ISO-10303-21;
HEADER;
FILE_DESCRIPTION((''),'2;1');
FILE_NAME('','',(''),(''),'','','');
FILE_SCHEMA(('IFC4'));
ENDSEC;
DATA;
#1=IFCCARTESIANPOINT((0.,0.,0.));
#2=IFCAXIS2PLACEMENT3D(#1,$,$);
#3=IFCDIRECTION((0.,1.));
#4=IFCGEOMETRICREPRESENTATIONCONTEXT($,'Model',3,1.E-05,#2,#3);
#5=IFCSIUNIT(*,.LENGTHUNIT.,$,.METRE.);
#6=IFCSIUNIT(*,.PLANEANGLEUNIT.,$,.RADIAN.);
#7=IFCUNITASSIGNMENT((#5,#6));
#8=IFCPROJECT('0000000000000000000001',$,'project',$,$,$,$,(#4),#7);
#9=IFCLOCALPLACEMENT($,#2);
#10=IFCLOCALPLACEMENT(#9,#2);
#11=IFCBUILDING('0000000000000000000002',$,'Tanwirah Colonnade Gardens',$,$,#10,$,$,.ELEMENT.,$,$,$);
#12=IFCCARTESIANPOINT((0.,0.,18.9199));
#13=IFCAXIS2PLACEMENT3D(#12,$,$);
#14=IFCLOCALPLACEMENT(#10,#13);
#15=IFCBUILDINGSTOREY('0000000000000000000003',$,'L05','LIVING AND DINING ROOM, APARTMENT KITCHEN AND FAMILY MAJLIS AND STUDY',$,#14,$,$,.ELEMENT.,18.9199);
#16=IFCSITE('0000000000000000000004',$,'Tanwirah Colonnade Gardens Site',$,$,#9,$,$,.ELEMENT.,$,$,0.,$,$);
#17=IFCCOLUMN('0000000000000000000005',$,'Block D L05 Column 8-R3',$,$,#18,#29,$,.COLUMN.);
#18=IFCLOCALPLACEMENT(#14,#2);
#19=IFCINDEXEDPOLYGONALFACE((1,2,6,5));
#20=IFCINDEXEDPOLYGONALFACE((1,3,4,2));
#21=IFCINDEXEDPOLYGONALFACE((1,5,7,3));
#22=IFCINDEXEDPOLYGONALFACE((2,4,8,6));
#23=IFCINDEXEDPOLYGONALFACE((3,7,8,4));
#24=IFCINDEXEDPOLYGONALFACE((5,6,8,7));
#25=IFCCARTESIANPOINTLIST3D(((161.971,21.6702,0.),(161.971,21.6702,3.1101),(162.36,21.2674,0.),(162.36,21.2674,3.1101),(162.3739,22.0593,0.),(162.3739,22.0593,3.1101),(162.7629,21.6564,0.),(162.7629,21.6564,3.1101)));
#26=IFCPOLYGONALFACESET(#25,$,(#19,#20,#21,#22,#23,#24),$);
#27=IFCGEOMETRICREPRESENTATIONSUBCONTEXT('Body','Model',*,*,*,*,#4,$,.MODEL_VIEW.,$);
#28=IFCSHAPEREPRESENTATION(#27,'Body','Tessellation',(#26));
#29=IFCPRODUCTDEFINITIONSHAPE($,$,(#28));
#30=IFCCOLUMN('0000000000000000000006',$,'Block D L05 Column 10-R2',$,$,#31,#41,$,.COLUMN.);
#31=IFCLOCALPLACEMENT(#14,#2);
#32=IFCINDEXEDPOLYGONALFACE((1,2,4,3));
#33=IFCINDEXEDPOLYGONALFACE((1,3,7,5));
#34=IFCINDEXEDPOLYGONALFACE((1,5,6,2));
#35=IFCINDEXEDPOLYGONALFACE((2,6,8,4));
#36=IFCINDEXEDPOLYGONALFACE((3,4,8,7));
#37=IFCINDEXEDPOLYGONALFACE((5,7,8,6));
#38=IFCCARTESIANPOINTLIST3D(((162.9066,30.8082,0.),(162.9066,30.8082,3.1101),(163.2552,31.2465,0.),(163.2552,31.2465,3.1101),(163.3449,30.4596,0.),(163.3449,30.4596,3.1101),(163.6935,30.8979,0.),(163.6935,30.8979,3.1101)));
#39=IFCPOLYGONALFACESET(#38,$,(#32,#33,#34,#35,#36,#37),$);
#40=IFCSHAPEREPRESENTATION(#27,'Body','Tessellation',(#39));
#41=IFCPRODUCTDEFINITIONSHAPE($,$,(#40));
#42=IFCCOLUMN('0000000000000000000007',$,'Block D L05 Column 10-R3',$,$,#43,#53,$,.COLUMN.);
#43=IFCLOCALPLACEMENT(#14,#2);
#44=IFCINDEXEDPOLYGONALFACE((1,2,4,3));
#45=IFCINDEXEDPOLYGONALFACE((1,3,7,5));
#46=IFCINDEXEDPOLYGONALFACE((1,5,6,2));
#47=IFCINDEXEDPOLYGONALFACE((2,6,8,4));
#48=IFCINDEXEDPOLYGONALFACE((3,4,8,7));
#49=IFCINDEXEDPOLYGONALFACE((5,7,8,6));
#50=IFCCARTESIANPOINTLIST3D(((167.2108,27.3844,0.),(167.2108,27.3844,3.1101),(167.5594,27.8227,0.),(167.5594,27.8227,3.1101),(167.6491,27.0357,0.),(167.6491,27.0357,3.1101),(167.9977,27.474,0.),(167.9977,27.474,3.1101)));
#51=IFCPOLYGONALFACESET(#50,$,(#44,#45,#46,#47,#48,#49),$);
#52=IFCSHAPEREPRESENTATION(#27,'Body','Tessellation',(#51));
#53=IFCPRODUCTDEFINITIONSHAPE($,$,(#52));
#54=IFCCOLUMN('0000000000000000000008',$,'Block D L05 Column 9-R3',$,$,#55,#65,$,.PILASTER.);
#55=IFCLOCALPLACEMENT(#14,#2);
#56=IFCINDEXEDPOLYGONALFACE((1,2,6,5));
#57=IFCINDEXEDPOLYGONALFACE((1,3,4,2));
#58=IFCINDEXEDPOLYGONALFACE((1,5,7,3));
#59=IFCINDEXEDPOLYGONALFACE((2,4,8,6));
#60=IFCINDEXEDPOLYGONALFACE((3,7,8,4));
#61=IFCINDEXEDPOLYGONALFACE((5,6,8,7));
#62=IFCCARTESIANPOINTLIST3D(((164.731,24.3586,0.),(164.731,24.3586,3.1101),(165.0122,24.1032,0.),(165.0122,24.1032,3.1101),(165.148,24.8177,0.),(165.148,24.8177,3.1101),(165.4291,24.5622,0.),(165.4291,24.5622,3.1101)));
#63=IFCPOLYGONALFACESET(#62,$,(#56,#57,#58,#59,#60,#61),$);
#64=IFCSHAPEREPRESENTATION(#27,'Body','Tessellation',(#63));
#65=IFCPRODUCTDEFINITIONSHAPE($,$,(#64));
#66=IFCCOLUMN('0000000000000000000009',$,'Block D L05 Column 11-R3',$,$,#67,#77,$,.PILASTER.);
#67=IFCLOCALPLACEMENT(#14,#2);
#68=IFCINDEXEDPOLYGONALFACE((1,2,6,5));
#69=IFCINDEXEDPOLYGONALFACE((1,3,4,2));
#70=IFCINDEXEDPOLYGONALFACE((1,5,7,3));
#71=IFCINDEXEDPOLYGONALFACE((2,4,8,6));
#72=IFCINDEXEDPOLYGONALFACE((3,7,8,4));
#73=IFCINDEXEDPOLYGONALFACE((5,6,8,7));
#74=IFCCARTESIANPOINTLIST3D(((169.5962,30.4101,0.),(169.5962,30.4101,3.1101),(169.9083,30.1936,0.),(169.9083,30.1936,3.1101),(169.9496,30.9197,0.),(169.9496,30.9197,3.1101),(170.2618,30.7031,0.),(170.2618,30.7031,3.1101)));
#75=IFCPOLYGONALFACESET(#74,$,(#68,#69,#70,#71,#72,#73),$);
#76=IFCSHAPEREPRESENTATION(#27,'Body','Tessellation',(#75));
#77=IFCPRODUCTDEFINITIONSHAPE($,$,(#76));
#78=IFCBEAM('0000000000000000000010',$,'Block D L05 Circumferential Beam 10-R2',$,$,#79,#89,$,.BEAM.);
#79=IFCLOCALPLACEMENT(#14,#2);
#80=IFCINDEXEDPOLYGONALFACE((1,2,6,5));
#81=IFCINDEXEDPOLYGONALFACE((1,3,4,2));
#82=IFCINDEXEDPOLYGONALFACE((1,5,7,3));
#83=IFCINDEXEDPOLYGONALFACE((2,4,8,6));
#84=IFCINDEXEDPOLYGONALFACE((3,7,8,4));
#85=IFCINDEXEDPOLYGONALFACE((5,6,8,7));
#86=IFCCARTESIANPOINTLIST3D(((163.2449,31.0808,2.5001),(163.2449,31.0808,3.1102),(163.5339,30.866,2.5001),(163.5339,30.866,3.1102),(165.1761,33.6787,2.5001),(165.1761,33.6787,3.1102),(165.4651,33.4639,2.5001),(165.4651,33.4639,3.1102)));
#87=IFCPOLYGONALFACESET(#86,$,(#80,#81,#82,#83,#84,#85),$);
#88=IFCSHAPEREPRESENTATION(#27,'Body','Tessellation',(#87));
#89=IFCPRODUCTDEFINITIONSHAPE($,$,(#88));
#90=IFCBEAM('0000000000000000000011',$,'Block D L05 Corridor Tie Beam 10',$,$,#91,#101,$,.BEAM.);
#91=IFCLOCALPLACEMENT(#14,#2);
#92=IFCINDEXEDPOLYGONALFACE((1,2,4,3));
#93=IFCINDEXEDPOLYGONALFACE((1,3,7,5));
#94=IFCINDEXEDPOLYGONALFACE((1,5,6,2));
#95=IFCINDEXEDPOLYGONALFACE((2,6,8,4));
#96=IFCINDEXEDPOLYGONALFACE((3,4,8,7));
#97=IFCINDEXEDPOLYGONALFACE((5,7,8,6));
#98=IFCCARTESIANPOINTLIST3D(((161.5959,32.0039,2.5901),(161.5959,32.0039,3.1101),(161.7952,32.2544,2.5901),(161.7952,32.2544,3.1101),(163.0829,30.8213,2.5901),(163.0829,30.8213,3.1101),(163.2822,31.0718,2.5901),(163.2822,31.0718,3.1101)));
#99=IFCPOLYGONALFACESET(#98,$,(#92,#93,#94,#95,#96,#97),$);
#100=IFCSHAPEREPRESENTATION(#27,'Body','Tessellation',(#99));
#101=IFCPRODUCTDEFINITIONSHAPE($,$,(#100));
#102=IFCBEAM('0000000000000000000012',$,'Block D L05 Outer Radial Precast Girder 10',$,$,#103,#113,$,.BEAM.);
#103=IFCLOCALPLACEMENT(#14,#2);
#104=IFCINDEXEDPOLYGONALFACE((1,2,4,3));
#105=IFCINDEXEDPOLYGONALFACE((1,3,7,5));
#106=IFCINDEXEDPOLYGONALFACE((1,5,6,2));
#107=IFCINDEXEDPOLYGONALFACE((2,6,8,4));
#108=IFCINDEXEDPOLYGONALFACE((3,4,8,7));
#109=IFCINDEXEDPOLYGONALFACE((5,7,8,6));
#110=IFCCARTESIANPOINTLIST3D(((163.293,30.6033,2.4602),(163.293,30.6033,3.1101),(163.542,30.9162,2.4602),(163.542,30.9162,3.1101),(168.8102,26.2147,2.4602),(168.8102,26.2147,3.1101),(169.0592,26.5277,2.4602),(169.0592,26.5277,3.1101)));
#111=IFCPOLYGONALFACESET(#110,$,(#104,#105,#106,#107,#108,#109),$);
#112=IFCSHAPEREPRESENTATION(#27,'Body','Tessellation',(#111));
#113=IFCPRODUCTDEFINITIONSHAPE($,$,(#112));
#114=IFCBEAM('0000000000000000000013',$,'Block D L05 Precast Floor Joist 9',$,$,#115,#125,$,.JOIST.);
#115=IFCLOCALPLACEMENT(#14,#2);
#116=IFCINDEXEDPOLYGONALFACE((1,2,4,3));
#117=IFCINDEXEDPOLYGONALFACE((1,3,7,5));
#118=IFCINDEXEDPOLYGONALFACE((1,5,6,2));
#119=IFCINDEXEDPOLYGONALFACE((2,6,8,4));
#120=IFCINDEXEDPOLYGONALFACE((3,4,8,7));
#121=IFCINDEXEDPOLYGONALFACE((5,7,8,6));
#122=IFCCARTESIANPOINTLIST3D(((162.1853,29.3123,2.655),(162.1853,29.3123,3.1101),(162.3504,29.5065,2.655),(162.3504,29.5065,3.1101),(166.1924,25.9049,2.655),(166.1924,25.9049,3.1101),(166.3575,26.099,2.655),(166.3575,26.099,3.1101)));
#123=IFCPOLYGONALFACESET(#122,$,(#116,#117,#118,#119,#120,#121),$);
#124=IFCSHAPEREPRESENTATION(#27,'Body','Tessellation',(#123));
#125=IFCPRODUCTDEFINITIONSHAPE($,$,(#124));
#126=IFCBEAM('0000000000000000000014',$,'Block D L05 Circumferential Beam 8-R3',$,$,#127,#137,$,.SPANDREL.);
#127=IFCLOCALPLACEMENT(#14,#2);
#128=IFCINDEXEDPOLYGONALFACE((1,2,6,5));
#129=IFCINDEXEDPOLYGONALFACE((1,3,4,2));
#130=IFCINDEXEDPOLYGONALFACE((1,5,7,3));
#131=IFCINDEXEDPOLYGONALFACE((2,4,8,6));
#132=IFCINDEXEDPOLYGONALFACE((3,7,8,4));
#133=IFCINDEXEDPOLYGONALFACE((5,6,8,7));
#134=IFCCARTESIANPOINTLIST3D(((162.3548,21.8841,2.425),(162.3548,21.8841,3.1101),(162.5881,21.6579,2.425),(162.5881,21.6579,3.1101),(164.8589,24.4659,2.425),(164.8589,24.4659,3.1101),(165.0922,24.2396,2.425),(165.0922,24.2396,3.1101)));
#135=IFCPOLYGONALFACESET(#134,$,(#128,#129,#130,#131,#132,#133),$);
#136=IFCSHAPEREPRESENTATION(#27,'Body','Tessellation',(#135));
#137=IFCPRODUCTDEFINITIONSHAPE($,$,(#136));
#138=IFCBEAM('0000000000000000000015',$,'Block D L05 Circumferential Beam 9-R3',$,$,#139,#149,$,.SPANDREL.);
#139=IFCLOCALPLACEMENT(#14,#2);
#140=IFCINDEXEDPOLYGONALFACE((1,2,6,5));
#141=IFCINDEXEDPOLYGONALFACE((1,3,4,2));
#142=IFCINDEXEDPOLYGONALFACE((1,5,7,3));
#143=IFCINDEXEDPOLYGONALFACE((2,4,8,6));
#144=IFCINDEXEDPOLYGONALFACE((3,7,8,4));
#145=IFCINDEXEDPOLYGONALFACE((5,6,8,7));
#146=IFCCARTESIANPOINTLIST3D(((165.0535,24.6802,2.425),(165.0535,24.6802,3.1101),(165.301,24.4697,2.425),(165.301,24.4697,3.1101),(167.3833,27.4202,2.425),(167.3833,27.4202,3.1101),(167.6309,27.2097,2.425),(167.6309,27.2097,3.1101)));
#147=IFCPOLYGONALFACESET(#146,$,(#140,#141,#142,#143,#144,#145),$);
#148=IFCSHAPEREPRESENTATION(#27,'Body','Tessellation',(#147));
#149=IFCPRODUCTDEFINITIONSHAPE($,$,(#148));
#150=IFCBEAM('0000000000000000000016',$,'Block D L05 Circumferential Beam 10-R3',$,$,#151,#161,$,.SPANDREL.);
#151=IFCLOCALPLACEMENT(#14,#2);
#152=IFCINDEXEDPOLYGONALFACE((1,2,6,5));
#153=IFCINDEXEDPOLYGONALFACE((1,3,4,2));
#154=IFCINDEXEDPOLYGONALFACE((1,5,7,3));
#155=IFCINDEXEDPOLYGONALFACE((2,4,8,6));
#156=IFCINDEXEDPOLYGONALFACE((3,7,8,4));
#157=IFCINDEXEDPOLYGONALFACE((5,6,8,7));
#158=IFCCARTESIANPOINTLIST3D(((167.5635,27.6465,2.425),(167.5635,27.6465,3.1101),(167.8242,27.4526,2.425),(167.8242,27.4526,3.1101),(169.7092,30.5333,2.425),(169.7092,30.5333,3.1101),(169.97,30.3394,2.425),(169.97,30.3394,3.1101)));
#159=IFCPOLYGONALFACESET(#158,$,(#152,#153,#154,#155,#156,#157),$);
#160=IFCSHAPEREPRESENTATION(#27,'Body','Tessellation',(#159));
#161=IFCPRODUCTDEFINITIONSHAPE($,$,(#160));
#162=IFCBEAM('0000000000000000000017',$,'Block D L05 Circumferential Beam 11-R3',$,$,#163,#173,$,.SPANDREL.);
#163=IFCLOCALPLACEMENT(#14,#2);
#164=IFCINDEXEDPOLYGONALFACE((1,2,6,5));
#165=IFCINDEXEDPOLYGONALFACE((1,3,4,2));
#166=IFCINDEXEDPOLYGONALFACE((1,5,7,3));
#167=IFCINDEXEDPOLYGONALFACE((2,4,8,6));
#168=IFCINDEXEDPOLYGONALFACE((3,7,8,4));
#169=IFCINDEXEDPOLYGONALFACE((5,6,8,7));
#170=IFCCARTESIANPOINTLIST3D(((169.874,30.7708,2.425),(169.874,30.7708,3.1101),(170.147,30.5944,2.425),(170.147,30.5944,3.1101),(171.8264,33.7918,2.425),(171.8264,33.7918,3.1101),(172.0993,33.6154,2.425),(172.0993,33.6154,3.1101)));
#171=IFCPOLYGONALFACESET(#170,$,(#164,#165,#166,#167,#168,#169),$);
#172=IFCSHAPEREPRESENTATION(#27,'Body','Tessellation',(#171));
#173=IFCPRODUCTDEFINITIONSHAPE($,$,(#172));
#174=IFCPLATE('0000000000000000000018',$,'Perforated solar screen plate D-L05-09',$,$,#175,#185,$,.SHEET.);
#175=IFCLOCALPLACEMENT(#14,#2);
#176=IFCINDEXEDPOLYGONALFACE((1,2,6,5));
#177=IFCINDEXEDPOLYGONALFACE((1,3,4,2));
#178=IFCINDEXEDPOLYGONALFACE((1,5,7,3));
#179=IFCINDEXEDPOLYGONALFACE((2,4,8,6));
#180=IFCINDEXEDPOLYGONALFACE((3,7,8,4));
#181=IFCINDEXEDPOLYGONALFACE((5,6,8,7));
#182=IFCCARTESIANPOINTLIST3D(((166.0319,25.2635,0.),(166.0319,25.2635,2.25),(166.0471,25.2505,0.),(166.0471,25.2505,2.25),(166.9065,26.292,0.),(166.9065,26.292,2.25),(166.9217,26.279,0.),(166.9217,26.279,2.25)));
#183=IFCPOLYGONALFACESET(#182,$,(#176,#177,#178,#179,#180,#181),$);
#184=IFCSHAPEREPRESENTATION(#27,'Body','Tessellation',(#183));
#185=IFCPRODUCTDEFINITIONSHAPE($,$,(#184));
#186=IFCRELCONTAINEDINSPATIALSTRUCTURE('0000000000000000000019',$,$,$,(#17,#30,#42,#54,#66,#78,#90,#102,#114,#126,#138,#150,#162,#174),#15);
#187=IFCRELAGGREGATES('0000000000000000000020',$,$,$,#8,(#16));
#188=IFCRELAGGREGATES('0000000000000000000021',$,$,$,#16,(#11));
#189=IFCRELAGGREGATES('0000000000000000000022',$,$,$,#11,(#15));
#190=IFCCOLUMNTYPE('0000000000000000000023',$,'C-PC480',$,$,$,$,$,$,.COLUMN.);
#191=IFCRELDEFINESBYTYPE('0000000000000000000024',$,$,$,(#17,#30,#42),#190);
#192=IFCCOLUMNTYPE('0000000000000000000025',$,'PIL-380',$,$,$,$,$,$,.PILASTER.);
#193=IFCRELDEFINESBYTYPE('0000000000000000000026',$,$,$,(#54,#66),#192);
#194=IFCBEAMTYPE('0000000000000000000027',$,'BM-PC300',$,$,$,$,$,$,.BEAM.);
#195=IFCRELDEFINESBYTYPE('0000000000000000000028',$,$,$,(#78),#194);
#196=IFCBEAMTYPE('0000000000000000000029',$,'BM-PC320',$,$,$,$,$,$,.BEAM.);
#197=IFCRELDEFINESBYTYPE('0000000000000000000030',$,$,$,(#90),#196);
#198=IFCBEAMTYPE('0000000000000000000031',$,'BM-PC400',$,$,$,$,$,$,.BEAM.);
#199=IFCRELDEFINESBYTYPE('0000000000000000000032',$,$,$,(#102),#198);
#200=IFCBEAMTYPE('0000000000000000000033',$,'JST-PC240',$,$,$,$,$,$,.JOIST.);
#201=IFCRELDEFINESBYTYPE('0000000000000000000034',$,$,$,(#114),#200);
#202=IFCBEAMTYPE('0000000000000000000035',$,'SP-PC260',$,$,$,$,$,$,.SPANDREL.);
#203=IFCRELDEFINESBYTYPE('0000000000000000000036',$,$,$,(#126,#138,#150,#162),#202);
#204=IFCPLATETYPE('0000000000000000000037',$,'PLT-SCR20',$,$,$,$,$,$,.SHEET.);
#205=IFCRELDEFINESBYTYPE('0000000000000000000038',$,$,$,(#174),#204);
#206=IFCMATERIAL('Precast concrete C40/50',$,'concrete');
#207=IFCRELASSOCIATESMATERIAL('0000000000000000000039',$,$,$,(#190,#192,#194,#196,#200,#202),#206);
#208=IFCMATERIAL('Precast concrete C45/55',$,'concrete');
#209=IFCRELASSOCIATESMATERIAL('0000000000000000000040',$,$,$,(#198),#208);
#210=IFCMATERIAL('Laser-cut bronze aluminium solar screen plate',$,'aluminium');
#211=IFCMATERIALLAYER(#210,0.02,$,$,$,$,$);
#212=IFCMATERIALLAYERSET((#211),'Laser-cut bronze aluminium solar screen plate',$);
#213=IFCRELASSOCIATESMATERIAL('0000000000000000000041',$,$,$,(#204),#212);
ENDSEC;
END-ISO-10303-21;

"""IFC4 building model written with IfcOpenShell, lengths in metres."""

from ifc_helpers import new_model, si_unit, direction, frame, origin, origin_2d, place, context, subcontext, project, spatial, rectangle, extrude, material, layer, layer_set, material_profile, profile_set, type_object, element, save


model = new_model("IFC4")

# Units and contexts
model_context = context("Model", 3, precision=1e-05, world=origin(), true_north=direction((0.0, 1.0)))
body_context = subcontext(model_context, "Body", "Model", "MODEL_VIEW")
ifc_project = project(units=[si_unit("LENGTHUNIT", "METRE"), si_unit("PLANEANGLEUNIT", "RADIAN")], contexts=[model_context])

# Site, building, storey
site_placement = place(None, origin())
site = spatial("IfcSite", under=ifc_project, at=site_placement, Name="Tanwirah Colonnade Gardens Site", CompositionType="ELEMENT", RefElevation=0.0)
building_placement = place(site_placement, origin())
building = spatial("IfcBuilding", under=site, at=building_placement, Name="Tanwirah Colonnade Gardens", CompositionType="ELEMENT")
storey_placement = place(building_placement, frame((0.0, 0.0, 18.9199)))
storey = spatial("IfcBuildingStorey", under=building, at=storey_placement, Name="L05", Description="LIVING AND DINING ROOM, APARTMENT KITCHEN AND FAMILY MAJLIS AND STUDY", CompositionType="ELEMENT", Elevation=18.9199)

# Columns
ifc_material_1 = material(Name="Precast concrete C40/50", Category="concrete")
ifc_material_profile_1 = material_profile(ifc_material_1, rectangle(XDim=0.5601, YDim=0.5601, at=origin_2d()), Name="PC-COL 560x560")
ifc_profile_set_1 = profile_set([ifc_material_profile_1], Name="Precast concrete C40/50")
column_type_1 = type_object("IfcColumnType", Name="C-PC480", PredefinedType="COLUMN", material=ifc_profile_set_1)
for number, where, z_axis, x_axis, name in (
    (1, (162.3669, 21.6633, 0.0), (0.0, 0.0, 1.0), (0.694658, -0.71934, 0.0), "Block D L05 Column 8-R3"),
    (2, (163.3, 30.853, 0.0), (0.0, 0.0, 1.0), (0.782608, -0.622515, 0.0), "Block D L05 Column 10-R2"),
    (3, (167.6042, 27.4292, 0.0), (0.0, 0.0, 1.0), (0.782608, -0.622515, 0.0), "Block D L05 Column 10-R3"),
):
    element("IfcColumn", number, at=place(storey_placement, frame(where, z_axis=z_axis, x_axis=x_axis)), inside=storey, type_object=column_type_1, Name=name, PredefinedType="COLUMN", context=body_context, shape_type="SweptSolid", body=[
        extrude(rectangle(XDim=0.5601, YDim=0.5601, at=origin_2d()), origin(), (0.0, 0.0, 1.0), 3.1101),
    ])
ifc_material_profile_2 = material_profile(ifc_material_1, rectangle(XDim=0.3799, YDim=0.6201, at=origin_2d()), Name="PC-PIL 380x620")
ifc_profile_set_2 = profile_set([ifc_material_profile_2], Name="Precast concrete C40/50")
column_type_2 = type_object("IfcColumnType", Name="PIL-380", PredefinedType="PILASTER", material=ifc_profile_set_2)
for number, where, z_axis, x_axis, name in (
    (4, (165.0801, 24.4604, 0.0), (0.0, 0.0, 1.0), (0.740218, -0.672367, 0.0), "Block D L05 Column 9-R3"),
    (5, (169.929, 30.5566, 0.0), (0.0, 0.0, 1.0), (0.821647, -0.569997, 0.0), "Block D L05 Column 11-R3"),
):
    element("IfcColumn", number, at=place(storey_placement, frame(where, z_axis=z_axis, x_axis=x_axis)), inside=storey, type_object=column_type_2, Name=name, PredefinedType="PILASTER", context=body_context, shape_type="SweptSolid", body=[
        extrude(rectangle(XDim=0.3799, YDim=0.6201, at=origin_2d()), origin(), (0.0, 0.0, 1.0), 3.1101),
    ])

# Beams
ifc_material_profile_3 = material_profile(ifc_material_1, rectangle(XDim=0.3601, YDim=0.6101, at=origin_2d()), Name="PC-BM 360x610")
ifc_profile_set_3 = profile_set([ifc_material_profile_3], Name="Precast concrete C40/50")
beam_type_1 = type_object("IfcBeamType", Name="BM-PC300", PredefinedType="BEAM", material=ifc_profile_set_3)
beam_1_placement = place(storey_placement, frame((163.3894, 30.9734, 2.8052), z_axis=(0.596579, 0.802554, 0.0), x_axis=(-0.802554, 0.596579, 0.0)))
element("IfcBeam", 6, at=beam_1_placement, inside=storey, type_object=beam_type_1, Name="Block D L05 Circumferential Beam 10-R2", PredefinedType="BEAM", context=body_context, shape_type="SweptSolid", body=[
    extrude(rectangle(XDim=0.3601, YDim=0.6101, at=origin_2d()), origin(), (0.0, 0.0, 1.0), 3.2371),
])
ifc_material_profile_4 = material_profile(ifc_material_1, rectangle(XDim=0.3201, YDim=0.52, at=origin_2d()), Name="PC-BM 320x520")
ifc_profile_set_4 = profile_set([ifc_material_profile_4], Name="Precast concrete C40/50")
beam_type_2 = type_object("IfcBeamType", Name="BM-PC320", PredefinedType="BEAM", material=ifc_profile_set_4)
beam_2_placement = place(storey_placement, frame((161.6956, 32.1292, 2.8501), z_axis=(0.782671, -0.622436, 0.0), x_axis=(0.622436, 0.782671, 0.0)))
element("IfcBeam", 7, at=beam_2_placement, inside=storey, type_object=beam_type_2, Name="Block D L05 Corridor Tie Beam 10", PredefinedType="BEAM", context=body_context, shape_type="SweptSolid", body=[
    extrude(rectangle(XDim=0.3201, YDim=0.52, at=origin_2d()), origin(), (0.0, 0.0, 1.0), 1.8999),
])
ifc_material_2 = material(Name="Precast concrete C45/55", Category="concrete")
ifc_material_profile_5 = material_profile(ifc_material_2, rectangle(XDim=0.3999, YDim=0.6499, at=origin_2d()), Name="PC-BM 400x650")
ifc_profile_set_5 = profile_set([ifc_material_profile_5], Name="Precast concrete C45/55")
beam_type_3 = type_object("IfcBeamType", Name="BM-PC400", PredefinedType="BEAM", material=ifc_profile_set_5)
beam_3_placement = place(storey_placement, frame((163.4175, 30.7598, 2.7852), z_axis=(0.782609, -0.622513, 0.0), x_axis=(0.622513, 0.782609, 0.0)))
element("IfcBeam", 8, at=beam_3_placement, inside=storey, type_object=beam_type_3, Name="Block D L05 Outer Radial Precast Girder 10", PredefinedType="BEAM", context=body_context, shape_type="SweptSolid", body=[
    extrude(rectangle(XDim=0.3999, YDim=0.6499, at=origin_2d()), origin(), (0.0, 0.0, 1.0), 7.0498),
])
ifc_material_profile_6 = material_profile(ifc_material_1, rectangle(XDim=0.2549, YDim=0.4551, at=origin_2d()), Name="PC-JST 255x455")
ifc_profile_set_6 = profile_set([ifc_material_profile_6], Name="Precast concrete C40/50")
beam_type_4 = type_object("IfcBeamType", Name="JST-PC240", PredefinedType="JOIST", material=ifc_profile_set_6)
beam_4_placement = place(storey_placement, frame((162.2678, 29.4094, 2.8826), z_axis=(0.761803, -0.647809, 0.0), x_axis=(0.647809, 0.761803, 0.0)))
element("IfcBeam", 9, at=beam_4_placement, inside=storey, type_object=beam_type_4, Name="Block D L05 Precast Floor Joist 9", PredefinedType="JOIST", context=body_context, shape_type="SweptSolid", body=[
    extrude(rectangle(XDim=0.2549, YDim=0.4551, at=origin_2d()), origin(), (0.0, 0.0, 1.0), 5.26),
])
ifc_material_profile_7 = material_profile(ifc_material_1, rectangle(XDim=0.325, YDim=0.6851, at=origin_2d()), Name="PC-SP 325x685")
ifc_profile_set_7 = profile_set([ifc_material_profile_7], Name="Precast concrete C40/50")
beam_type_5 = type_object("IfcBeamType", Name="SP-PC260", PredefinedType="SPANDREL", material=ifc_profile_set_7)
for number, where, z_axis, x_axis, name in (
    (10, (162.4714, 21.771, 2.7676), (0.696232, 0.717817, 0.0), (-0.717817, 0.696232, 0.0), "Block D L05 Circumferential Beam 8-R3"),
    (11, (165.1772, 24.575, 2.7676), (0.647784, 0.761824, 0.0), (-0.761824, 0.647784, 0.0), "Block D L05 Circumferential Beam 9-R3"),
):
    element("IfcBeam", number, at=place(storey_placement, frame(where, z_axis=z_axis, x_axis=x_axis)), inside=storey, type_object=beam_type_5, Name=name, PredefinedType="SPANDREL", context=body_context, shape_type="SweptSolid", body=[
        extrude(rectangle(XDim=0.325, YDim=0.6851, at=origin_2d()), origin(), (0.0, 0.0, 1.0), 3.5967),
    ])
for number, where, z_axis, x_axis, name in (
    (12, (167.6938, 27.5496, 2.7676), (0.596563, 0.802566, 0.0), (-0.802566, 0.596563, 0.0), "Block D L05 Circumferential Beam 10-R3"),
    (13, (170.0105, 30.6826, 2.7676), (0.542787, 0.83987, 0.0), (-0.83987, 0.542787, 0.0), "Block D L05 Circumferential Beam 11-R3"),
):
    element("IfcBeam", number, at=place(storey_placement, frame(where, z_axis=z_axis, x_axis=x_axis)), inside=storey, type_object=beam_type_5, Name=name, PredefinedType="SPANDREL", context=body_context, shape_type="SweptSolid", body=[
        extrude(rectangle(XDim=0.325, YDim=0.6851, at=origin_2d()), origin(), (0.0, 0.0, 1.0), 3.5969),
    ])

# Plate
ifc_material_3 = material(Name="Laser-cut bronze aluminium solar screen plate", Category="aluminium")
ifc_layer_1 = layer(ifc_material_3, 0.02)
ifc_layer_set_1 = layer_set([ifc_layer_1], Name="Laser-cut bronze aluminium solar screen plate")
plate_type = type_object("IfcPlateType", Name="PLT-SCR20", PredefinedType="SHEET", material=ifc_layer_set_1)
plate_placement = place(storey_placement, frame((166.4768, 25.7712, 0.0), z_axis=(0.0, 0.0, 1.0), x_axis=(0.647787, 0.761821, 0.0)))
element("IfcPlate", 14, at=plate_placement, inside=storey, type_object=plate_type, Name="Perforated solar screen plate D-L05-09", PredefinedType="SHEET", context=body_context, shape_type="SweptSolid", body=[
    extrude(rectangle(XDim=1.3501, YDim=0.02, at=origin_2d()), origin(), (0.0, 0.0, 1.0), 2.25),
])

save(model, "model.ifc")
